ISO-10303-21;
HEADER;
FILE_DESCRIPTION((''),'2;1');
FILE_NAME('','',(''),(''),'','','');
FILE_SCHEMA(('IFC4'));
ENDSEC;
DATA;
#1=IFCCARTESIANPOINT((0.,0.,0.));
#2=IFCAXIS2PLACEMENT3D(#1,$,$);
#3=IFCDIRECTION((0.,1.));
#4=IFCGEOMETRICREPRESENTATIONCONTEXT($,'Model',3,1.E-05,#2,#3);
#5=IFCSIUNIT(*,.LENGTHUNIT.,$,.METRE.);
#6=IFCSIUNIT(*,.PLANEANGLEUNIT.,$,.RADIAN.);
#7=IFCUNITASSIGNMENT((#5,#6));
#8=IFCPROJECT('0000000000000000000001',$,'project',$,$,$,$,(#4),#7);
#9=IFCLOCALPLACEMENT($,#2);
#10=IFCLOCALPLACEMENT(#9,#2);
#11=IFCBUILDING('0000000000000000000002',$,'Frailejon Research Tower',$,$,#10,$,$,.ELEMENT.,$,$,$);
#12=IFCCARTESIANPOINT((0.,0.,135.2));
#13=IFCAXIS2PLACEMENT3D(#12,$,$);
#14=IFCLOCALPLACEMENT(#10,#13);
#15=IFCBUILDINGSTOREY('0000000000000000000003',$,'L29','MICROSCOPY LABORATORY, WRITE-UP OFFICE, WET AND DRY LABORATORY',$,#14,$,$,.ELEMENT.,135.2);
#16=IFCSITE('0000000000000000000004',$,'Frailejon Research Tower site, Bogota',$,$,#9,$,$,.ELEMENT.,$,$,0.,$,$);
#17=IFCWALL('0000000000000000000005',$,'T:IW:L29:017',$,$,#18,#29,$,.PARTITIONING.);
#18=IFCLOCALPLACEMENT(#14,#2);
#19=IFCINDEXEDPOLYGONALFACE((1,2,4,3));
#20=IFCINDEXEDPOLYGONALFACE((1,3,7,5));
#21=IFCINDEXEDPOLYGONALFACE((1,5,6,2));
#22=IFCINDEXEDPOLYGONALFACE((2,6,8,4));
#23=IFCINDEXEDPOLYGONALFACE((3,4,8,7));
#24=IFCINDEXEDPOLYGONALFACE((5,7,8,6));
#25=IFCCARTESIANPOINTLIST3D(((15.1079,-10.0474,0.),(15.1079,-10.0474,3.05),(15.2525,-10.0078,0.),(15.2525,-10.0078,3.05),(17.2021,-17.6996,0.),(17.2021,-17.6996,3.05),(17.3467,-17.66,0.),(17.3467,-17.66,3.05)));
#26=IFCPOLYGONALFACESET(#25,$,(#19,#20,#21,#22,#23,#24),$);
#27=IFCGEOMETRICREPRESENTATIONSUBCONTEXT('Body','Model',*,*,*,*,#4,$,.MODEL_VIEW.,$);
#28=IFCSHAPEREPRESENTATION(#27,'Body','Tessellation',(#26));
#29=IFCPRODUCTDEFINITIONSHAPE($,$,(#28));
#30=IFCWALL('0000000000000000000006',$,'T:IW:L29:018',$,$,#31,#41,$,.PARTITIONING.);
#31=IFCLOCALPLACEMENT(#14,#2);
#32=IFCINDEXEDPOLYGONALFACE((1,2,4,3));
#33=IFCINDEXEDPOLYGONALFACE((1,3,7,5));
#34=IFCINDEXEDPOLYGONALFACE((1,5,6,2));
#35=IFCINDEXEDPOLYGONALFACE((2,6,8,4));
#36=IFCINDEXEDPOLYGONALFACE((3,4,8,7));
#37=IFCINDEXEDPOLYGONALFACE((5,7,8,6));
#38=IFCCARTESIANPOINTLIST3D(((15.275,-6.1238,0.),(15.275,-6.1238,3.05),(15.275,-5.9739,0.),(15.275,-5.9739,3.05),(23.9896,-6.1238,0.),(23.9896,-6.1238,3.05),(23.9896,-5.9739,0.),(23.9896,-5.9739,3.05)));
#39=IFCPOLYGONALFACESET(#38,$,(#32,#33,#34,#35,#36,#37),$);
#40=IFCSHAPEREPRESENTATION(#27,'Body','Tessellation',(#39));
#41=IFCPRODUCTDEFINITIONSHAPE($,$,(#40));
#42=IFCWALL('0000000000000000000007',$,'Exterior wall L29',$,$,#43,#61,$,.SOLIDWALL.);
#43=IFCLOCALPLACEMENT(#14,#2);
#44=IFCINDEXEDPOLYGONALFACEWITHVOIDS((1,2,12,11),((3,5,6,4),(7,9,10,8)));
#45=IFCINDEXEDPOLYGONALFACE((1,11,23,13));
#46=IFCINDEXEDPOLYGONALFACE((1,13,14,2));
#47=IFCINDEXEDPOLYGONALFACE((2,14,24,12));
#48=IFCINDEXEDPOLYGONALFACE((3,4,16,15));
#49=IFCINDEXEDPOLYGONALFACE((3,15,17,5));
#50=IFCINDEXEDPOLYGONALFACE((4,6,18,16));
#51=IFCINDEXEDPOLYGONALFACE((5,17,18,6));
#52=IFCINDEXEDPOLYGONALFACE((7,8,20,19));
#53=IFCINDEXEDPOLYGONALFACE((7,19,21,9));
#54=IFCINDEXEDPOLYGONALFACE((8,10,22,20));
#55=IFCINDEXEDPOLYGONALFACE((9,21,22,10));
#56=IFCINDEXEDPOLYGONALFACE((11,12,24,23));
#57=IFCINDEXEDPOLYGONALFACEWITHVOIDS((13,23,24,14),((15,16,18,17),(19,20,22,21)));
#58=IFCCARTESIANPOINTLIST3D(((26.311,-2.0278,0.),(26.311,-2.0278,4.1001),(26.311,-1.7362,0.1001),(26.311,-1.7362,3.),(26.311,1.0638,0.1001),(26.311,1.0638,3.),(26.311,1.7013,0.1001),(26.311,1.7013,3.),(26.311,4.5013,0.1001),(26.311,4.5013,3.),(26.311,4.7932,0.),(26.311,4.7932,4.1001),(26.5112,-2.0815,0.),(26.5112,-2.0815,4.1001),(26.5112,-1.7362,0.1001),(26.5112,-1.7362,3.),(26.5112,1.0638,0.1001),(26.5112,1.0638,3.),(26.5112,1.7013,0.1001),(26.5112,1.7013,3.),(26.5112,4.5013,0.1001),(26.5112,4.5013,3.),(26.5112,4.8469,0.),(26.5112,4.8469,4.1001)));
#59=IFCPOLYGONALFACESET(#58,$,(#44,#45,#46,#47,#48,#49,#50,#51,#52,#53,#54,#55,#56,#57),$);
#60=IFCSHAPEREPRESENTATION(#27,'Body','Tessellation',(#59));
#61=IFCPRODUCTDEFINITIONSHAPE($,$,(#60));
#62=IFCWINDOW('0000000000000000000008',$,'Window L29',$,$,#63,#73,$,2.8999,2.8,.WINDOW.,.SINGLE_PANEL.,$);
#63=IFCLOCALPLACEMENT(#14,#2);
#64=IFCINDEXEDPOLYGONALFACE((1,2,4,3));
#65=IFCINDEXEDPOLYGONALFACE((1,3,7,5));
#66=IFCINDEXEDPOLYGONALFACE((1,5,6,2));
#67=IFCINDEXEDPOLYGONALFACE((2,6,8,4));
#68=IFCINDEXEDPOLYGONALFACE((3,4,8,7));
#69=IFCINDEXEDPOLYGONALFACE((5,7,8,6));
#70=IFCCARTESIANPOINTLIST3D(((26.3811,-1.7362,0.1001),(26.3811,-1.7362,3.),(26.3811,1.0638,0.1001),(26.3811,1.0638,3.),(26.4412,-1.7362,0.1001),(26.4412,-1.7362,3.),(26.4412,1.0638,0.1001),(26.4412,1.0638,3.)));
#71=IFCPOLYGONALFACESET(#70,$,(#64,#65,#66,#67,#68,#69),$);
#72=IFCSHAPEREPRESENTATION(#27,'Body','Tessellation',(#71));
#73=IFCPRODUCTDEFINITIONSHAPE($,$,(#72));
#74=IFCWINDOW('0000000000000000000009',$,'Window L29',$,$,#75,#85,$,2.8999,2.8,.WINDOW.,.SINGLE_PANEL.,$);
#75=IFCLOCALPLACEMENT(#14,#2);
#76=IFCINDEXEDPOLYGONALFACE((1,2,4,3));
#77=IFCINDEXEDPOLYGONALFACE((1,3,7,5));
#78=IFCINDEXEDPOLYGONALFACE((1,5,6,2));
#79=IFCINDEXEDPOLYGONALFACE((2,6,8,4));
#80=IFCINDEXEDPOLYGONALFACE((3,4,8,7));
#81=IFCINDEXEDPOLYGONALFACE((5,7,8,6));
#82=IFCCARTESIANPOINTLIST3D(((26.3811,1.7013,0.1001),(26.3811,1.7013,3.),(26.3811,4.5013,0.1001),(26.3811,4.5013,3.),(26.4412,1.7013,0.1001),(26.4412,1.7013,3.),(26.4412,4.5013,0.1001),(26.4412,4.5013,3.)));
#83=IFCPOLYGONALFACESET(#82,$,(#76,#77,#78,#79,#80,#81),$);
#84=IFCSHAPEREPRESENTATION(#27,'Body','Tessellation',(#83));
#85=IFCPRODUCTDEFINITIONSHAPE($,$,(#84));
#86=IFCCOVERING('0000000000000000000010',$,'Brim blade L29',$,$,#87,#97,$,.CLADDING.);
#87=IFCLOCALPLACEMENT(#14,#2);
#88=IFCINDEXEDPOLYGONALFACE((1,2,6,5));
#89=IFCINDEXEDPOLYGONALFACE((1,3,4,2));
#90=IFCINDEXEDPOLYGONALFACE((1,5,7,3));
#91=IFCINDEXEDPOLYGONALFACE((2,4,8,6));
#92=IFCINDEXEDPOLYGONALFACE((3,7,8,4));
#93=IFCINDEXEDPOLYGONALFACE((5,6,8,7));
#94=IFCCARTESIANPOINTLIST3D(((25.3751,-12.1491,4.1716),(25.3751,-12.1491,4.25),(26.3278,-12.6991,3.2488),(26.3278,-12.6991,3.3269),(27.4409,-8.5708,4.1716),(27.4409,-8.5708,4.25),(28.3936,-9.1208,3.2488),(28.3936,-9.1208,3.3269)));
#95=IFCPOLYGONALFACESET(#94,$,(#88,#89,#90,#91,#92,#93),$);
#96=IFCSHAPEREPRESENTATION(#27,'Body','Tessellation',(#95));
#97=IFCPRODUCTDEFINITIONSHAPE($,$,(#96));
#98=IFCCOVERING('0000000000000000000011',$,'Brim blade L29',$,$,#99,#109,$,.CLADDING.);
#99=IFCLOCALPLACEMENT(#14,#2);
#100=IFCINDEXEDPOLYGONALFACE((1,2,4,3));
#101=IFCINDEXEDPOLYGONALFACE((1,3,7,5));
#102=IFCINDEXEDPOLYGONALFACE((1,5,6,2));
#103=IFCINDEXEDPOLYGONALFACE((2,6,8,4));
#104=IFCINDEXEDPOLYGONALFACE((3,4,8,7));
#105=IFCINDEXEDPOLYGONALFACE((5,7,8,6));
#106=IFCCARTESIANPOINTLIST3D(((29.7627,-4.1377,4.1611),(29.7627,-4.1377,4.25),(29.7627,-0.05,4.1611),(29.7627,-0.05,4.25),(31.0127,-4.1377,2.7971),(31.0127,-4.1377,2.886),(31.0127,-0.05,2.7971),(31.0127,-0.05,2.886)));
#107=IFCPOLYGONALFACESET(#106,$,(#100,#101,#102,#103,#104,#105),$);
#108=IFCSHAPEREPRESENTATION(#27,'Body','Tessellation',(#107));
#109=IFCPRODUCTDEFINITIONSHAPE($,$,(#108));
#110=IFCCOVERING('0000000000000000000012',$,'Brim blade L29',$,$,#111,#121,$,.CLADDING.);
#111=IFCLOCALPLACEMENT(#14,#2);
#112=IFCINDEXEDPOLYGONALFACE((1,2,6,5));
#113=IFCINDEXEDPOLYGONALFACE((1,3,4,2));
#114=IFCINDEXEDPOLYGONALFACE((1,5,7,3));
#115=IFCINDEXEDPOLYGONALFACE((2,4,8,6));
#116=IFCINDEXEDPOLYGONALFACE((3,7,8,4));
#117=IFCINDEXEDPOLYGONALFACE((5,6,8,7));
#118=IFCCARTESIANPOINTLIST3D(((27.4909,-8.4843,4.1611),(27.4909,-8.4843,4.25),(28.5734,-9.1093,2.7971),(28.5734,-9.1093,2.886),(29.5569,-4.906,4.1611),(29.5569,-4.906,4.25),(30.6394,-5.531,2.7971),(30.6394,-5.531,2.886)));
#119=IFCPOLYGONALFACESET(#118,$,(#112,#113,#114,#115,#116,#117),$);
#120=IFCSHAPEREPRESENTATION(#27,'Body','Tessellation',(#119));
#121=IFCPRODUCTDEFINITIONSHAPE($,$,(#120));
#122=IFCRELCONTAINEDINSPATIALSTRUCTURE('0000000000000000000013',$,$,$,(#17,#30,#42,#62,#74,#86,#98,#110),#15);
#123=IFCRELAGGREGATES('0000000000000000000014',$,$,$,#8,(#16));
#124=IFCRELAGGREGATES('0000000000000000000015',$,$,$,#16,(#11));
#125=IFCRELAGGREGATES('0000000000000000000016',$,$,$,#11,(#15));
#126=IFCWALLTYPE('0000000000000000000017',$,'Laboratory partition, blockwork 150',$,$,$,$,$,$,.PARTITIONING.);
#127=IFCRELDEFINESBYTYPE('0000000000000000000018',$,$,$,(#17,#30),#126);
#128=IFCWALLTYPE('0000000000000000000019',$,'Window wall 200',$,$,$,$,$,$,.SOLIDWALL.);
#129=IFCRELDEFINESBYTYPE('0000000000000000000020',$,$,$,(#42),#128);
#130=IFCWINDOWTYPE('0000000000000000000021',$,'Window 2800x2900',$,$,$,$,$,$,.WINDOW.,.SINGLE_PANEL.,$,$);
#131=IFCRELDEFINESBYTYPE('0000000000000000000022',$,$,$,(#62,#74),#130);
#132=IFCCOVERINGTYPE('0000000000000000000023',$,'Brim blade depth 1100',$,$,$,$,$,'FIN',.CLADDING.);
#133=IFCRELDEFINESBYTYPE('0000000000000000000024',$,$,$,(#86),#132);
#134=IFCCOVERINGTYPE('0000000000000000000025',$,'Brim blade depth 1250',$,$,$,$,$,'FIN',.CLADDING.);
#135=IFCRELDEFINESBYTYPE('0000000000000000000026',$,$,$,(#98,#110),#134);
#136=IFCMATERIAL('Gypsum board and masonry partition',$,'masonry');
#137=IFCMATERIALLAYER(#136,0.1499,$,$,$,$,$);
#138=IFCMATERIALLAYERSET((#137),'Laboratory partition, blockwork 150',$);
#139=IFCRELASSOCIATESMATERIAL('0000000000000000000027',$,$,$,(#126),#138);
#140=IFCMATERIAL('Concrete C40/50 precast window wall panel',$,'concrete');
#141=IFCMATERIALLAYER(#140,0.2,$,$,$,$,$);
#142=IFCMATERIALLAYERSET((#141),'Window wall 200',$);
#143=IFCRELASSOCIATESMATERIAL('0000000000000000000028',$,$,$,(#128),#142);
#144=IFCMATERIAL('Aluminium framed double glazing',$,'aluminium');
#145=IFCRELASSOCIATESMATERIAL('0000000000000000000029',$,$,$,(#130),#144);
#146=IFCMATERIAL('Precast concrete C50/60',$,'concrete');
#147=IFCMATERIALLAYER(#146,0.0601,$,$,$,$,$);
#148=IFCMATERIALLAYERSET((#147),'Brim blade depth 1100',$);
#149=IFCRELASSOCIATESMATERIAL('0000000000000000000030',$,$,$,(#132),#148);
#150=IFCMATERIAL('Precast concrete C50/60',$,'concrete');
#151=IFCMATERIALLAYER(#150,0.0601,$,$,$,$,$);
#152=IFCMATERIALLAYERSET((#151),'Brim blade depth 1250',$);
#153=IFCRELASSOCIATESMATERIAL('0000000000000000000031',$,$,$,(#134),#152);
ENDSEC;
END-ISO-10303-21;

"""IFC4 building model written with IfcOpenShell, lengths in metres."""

from ifc_helpers import new_model, si_unit, direction, frame, frame_2d, origin, place, context, subcontext, project, spatial, polyline, rectangle, outline, extrude, material, layer, layer_set, type_object, element, fill, save


model = new_model("IFC4")

# Units and contexts
model_context = context("Model", 3, precision=1e-05, world=origin(), true_north=direction((0.0, 1.0)))
body_context = subcontext(model_context, "Body", "Model", "MODEL_VIEW")
ifc_project = project(units=[si_unit("LENGTHUNIT", "METRE"), si_unit("PLANEANGLEUNIT", "RADIAN")], contexts=[model_context])

# Site, building, storey
site_placement = place(None, origin())
site = spatial("IfcSite", under=ifc_project, at=site_placement, Name="Frailejon Research Tower site, Bogota", CompositionType="ELEMENT", RefElevation=0.0)
building_placement = place(site_placement, origin())
building = spatial("IfcBuilding", under=site, at=building_placement, Name="Frailejon Research Tower", CompositionType="ELEMENT")
storey_placement = place(building_placement, frame((0.0, 0.0, 135.2)))
storey = spatial("IfcBuildingStorey", under=building, at=storey_placement, Name="L29", Description="MICROSCOPY LABORATORY, WRITE-UP OFFICE, WET AND DRY LABORATORY", CompositionType="ELEMENT", Elevation=135.2)

# Walls
ifc_material_1 = material(Name="Gypsum board and masonry partition", Category="masonry")
ifc_layer_1 = layer(ifc_material_1, 0.1499)
ifc_layer_set_1 = layer_set([ifc_layer_1], Name="Laboratory partition, blockwork 150")
wall_type_1 = type_object("IfcWallType", Name="Laboratory partition, blockwork 150", PredefinedType="PARTITIONING", material=ifc_layer_set_1)
wall_1_placement = place(storey_placement, frame((15.1802, -10.0276, 0.0), z_axis=(0.0, 0.0, 1.0), x_axis=(0.263974, -0.96453, 0.0)))
element("IfcWall", 1, at=wall_1_placement, inside=storey, type_object=wall_type_1, Name="T:IW:L29:017", PredefinedType="PARTITIONING", context=body_context, shape_type="SweptSolid", body=[
    extrude(rectangle(XDim=7.9336, YDim=0.1499, at=frame_2d((3.9668, 0.0))), origin(), (0.0, 0.0, 1.0), 3.05),
])
wall_2_placement = place(storey_placement, frame((15.2749, -6.0488, 0.0), z_axis=(0.0, 0.0, 1.0), x_axis=(1.0, 0.0, 0.0)))
element("IfcWall", 2, at=wall_2_placement, inside=storey, type_object=wall_type_1, Name="T:IW:L29:018", PredefinedType="PARTITIONING", context=body_context, shape_type="SweptSolid", body=[
    extrude(rectangle(XDim=8.7146, YDim=0.1499, at=frame_2d((4.3574, 0.0))), origin(), (0.0, 0.0, 1.0), 3.05),
])

# Wall, openings, windows
ifc_material_2 = material(Name="Concrete C40/50 precast window wall panel", Category="concrete")
ifc_layer_2 = layer(ifc_material_2, 0.2)
ifc_layer_set_2 = layer_set([ifc_layer_2], Name="Window wall 200")
wall_type_2 = type_object("IfcWallType", Name="Window wall 200", PredefinedType="SOLIDWALL", material=ifc_layer_set_2)
wall_3_placement = place(storey_placement, frame((26.4111, -2.0547, 0.0), z_axis=(0.0, 0.0, 1.0), x_axis=(0.0, 1.0, 0.0)))
wall_3 = element("IfcWall", 3, at=wall_3_placement, inside=storey, type_object=wall_type_2, Name="Exterior wall L29", PredefinedType="SOLIDWALL", context=body_context, shape_type="SweptSolid", body=[
    extrude(outline(polyline([(-0.0269, -0.1001), (1.1279, -0.1001), (2.2827, -0.1001), (3.4375, -0.1001), (4.592, -0.1001), (5.7468, -0.1001), (6.9016, -0.1001), (6.8479, 0.1001), (5.7109, 0.1001), (4.5742, 0.1001), (3.4375, 0.1001), (2.3005, 0.1001), (1.1636, 0.1001), (0.0269, 0.1001), (-0.0269, -0.1001)])), origin(), (0.0, 0.0, 1.0), 4.1001),
])
opening_1_placement = place(wall_3_placement, frame((0.3186, 0.0, 0.1001)))
opening_1 = element("IfcOpeningElement", 4, at=opening_1_placement, cuts=wall_3, PredefinedType="OPENING", context=body_context, shape_type="SweptSolid", body=[
    extrude(rectangle(XDim=2.8, YDim=2.8999, at=frame_2d((1.3999, 1.45))), frame((0.0, 0.1099, 0.0), z_axis=(0.0, -1.0, 0.0), x_axis=(1.0, 0.0, 0.0)), (0.0, 0.0, 1.0), 0.22),
])
opening_2_placement = place(wall_3_placement, frame((3.7561, 0.0, 0.1001)))
opening_2 = element("IfcOpeningElement", 5, at=opening_2_placement, cuts=wall_3, PredefinedType="OPENING", context=body_context, shape_type="SweptSolid", body=[
    extrude(rectangle(XDim=2.8, YDim=2.8999, at=frame_2d((1.3999, 1.45))), frame((0.0, 0.1099, 0.0), z_axis=(0.0, -1.0, 0.0), x_axis=(1.0, 0.0, 0.0)), (0.0, 0.0, 1.0), 0.22),
])
ifc_material_3 = material(Name="Aluminium framed double glazing", Category="aluminium")
window_type = type_object("IfcWindowType", Name="Window 2800x2900", PartitioningType="SINGLE_PANEL", PredefinedType="WINDOW", material=ifc_material_3)
window_1_placement = place(opening_1_placement, origin())
window_1 = element("IfcWindow", 6, at=window_1_placement, inside=storey, type_object=window_type, Name="Window L29", OverallHeight=2.8999, OverallWidth=2.8, PartitioningType="SINGLE_PANEL", PredefinedType="WINDOW", context=body_context, shape_type="SweptSolid", body=[
    extrude(rectangle(XDim=2.8, YDim=2.8999, at=frame_2d((1.3999, 1.45))), frame((0.0, 0.03, 0.0), z_axis=(0.0, -1.0, 0.0), x_axis=(1.0, 0.0, 0.0)), (0.0, 0.0, 1.0), 0.0601),
])
fill(opening_1, window_1)
window_2_placement = place(opening_2_placement, origin())
window_2 = element("IfcWindow", 7, at=window_2_placement, inside=storey, type_object=window_type, Name="Window L29", OverallHeight=2.8999, OverallWidth=2.8, PartitioningType="SINGLE_PANEL", PredefinedType="WINDOW", context=body_context, shape_type="SweptSolid", body=[
    extrude(rectangle(XDim=2.8, YDim=2.8999, at=frame_2d((1.3999, 1.45))), frame((0.0, 0.03, 0.0), z_axis=(0.0, -1.0, 0.0), x_axis=(1.0, 0.0, 0.0)), (0.0, 0.0, 1.0), 0.0601),
])
fill(opening_2, window_2)

# Coverings
ifc_material_4 = material(Name="Precast concrete C50/60", Category="concrete")
ifc_layer_3 = layer(ifc_material_4, 0.0601)
ifc_layer_set_3 = layer_set([ifc_layer_3], Name="Brim blade depth 1100")
covering_type_1 = type_object("IfcCoveringType", Name="Brim blade depth 1100", ElementType="FIN", PredefinedType="CLADDING", material=ifc_layer_set_3)
covering_1_placement = place(storey_placement, frame((27.4409, -8.5708, 4.25), z_axis=(-0.499984, -0.866034, 0.0), x_axis=(0.866034, -0.499984, 0.0)))
element("IfcCovering", 8, at=covering_1_placement, inside=storey, type_object=covering_type_1, Name="Brim blade L29", PredefinedType="CLADDING", context=body_context, shape_type="SweptSolid", body=[
    extrude(outline(polyline([(0.0, -0.0784), (1.1001, -1.0012), (1.1001, -0.9231), (0.0, 0.0), (0.0, -0.0784)])), origin(), (0.0, 0.0, 1.0), 4.1318),
])
ifc_material_5 = material(Name="Precast concrete C50/60", Category="concrete")
ifc_layer_4 = layer(ifc_material_5, 0.0601)
ifc_layer_set_4 = layer_set([ifc_layer_4], Name="Brim blade depth 1250")
covering_type_2 = type_object("IfcCoveringType", Name="Brim blade depth 1250", ElementType="FIN", PredefinedType="CLADDING", material=ifc_layer_set_4)
covering_2_placement = place(storey_placement, frame((29.7627, -0.05, 4.25), z_axis=(0.0, -1.0, 0.0), x_axis=(1.0, 0.0, 0.0)))
element("IfcCovering", 9, at=covering_2_placement, inside=storey, type_object=covering_type_2, Name="Brim blade L29", PredefinedType="CLADDING", context=body_context, shape_type="SweptSolid", body=[
    extrude(outline(polyline([(0.0, -0.0889), (1.25, -1.4529), (1.25, -1.364), (0.0, 0.0), (0.0, -0.0889)])), origin(), (0.0, 0.0, 1.0), 4.0876),
])
covering_3_placement = place(storey_placement, frame((29.5569, -4.906, 4.25), z_axis=(-0.500012, -0.866018, 0.0), x_axis=(0.866018, -0.500012, 0.0)))
element("IfcCovering", 10, at=covering_3_placement, inside=storey, type_object=covering_type_2, Name="Brim blade L29", PredefinedType="CLADDING", context=body_context, shape_type="SweptSolid", body=[
    extrude(outline(polyline([(0.0, -0.0889), (1.25, -1.4529), (1.25, -1.364), (0.0, 0.0), (0.0, -0.0889)])), origin(), (0.0, 0.0, 1.0), 4.1318),
])

save(model, "model.ifc")
